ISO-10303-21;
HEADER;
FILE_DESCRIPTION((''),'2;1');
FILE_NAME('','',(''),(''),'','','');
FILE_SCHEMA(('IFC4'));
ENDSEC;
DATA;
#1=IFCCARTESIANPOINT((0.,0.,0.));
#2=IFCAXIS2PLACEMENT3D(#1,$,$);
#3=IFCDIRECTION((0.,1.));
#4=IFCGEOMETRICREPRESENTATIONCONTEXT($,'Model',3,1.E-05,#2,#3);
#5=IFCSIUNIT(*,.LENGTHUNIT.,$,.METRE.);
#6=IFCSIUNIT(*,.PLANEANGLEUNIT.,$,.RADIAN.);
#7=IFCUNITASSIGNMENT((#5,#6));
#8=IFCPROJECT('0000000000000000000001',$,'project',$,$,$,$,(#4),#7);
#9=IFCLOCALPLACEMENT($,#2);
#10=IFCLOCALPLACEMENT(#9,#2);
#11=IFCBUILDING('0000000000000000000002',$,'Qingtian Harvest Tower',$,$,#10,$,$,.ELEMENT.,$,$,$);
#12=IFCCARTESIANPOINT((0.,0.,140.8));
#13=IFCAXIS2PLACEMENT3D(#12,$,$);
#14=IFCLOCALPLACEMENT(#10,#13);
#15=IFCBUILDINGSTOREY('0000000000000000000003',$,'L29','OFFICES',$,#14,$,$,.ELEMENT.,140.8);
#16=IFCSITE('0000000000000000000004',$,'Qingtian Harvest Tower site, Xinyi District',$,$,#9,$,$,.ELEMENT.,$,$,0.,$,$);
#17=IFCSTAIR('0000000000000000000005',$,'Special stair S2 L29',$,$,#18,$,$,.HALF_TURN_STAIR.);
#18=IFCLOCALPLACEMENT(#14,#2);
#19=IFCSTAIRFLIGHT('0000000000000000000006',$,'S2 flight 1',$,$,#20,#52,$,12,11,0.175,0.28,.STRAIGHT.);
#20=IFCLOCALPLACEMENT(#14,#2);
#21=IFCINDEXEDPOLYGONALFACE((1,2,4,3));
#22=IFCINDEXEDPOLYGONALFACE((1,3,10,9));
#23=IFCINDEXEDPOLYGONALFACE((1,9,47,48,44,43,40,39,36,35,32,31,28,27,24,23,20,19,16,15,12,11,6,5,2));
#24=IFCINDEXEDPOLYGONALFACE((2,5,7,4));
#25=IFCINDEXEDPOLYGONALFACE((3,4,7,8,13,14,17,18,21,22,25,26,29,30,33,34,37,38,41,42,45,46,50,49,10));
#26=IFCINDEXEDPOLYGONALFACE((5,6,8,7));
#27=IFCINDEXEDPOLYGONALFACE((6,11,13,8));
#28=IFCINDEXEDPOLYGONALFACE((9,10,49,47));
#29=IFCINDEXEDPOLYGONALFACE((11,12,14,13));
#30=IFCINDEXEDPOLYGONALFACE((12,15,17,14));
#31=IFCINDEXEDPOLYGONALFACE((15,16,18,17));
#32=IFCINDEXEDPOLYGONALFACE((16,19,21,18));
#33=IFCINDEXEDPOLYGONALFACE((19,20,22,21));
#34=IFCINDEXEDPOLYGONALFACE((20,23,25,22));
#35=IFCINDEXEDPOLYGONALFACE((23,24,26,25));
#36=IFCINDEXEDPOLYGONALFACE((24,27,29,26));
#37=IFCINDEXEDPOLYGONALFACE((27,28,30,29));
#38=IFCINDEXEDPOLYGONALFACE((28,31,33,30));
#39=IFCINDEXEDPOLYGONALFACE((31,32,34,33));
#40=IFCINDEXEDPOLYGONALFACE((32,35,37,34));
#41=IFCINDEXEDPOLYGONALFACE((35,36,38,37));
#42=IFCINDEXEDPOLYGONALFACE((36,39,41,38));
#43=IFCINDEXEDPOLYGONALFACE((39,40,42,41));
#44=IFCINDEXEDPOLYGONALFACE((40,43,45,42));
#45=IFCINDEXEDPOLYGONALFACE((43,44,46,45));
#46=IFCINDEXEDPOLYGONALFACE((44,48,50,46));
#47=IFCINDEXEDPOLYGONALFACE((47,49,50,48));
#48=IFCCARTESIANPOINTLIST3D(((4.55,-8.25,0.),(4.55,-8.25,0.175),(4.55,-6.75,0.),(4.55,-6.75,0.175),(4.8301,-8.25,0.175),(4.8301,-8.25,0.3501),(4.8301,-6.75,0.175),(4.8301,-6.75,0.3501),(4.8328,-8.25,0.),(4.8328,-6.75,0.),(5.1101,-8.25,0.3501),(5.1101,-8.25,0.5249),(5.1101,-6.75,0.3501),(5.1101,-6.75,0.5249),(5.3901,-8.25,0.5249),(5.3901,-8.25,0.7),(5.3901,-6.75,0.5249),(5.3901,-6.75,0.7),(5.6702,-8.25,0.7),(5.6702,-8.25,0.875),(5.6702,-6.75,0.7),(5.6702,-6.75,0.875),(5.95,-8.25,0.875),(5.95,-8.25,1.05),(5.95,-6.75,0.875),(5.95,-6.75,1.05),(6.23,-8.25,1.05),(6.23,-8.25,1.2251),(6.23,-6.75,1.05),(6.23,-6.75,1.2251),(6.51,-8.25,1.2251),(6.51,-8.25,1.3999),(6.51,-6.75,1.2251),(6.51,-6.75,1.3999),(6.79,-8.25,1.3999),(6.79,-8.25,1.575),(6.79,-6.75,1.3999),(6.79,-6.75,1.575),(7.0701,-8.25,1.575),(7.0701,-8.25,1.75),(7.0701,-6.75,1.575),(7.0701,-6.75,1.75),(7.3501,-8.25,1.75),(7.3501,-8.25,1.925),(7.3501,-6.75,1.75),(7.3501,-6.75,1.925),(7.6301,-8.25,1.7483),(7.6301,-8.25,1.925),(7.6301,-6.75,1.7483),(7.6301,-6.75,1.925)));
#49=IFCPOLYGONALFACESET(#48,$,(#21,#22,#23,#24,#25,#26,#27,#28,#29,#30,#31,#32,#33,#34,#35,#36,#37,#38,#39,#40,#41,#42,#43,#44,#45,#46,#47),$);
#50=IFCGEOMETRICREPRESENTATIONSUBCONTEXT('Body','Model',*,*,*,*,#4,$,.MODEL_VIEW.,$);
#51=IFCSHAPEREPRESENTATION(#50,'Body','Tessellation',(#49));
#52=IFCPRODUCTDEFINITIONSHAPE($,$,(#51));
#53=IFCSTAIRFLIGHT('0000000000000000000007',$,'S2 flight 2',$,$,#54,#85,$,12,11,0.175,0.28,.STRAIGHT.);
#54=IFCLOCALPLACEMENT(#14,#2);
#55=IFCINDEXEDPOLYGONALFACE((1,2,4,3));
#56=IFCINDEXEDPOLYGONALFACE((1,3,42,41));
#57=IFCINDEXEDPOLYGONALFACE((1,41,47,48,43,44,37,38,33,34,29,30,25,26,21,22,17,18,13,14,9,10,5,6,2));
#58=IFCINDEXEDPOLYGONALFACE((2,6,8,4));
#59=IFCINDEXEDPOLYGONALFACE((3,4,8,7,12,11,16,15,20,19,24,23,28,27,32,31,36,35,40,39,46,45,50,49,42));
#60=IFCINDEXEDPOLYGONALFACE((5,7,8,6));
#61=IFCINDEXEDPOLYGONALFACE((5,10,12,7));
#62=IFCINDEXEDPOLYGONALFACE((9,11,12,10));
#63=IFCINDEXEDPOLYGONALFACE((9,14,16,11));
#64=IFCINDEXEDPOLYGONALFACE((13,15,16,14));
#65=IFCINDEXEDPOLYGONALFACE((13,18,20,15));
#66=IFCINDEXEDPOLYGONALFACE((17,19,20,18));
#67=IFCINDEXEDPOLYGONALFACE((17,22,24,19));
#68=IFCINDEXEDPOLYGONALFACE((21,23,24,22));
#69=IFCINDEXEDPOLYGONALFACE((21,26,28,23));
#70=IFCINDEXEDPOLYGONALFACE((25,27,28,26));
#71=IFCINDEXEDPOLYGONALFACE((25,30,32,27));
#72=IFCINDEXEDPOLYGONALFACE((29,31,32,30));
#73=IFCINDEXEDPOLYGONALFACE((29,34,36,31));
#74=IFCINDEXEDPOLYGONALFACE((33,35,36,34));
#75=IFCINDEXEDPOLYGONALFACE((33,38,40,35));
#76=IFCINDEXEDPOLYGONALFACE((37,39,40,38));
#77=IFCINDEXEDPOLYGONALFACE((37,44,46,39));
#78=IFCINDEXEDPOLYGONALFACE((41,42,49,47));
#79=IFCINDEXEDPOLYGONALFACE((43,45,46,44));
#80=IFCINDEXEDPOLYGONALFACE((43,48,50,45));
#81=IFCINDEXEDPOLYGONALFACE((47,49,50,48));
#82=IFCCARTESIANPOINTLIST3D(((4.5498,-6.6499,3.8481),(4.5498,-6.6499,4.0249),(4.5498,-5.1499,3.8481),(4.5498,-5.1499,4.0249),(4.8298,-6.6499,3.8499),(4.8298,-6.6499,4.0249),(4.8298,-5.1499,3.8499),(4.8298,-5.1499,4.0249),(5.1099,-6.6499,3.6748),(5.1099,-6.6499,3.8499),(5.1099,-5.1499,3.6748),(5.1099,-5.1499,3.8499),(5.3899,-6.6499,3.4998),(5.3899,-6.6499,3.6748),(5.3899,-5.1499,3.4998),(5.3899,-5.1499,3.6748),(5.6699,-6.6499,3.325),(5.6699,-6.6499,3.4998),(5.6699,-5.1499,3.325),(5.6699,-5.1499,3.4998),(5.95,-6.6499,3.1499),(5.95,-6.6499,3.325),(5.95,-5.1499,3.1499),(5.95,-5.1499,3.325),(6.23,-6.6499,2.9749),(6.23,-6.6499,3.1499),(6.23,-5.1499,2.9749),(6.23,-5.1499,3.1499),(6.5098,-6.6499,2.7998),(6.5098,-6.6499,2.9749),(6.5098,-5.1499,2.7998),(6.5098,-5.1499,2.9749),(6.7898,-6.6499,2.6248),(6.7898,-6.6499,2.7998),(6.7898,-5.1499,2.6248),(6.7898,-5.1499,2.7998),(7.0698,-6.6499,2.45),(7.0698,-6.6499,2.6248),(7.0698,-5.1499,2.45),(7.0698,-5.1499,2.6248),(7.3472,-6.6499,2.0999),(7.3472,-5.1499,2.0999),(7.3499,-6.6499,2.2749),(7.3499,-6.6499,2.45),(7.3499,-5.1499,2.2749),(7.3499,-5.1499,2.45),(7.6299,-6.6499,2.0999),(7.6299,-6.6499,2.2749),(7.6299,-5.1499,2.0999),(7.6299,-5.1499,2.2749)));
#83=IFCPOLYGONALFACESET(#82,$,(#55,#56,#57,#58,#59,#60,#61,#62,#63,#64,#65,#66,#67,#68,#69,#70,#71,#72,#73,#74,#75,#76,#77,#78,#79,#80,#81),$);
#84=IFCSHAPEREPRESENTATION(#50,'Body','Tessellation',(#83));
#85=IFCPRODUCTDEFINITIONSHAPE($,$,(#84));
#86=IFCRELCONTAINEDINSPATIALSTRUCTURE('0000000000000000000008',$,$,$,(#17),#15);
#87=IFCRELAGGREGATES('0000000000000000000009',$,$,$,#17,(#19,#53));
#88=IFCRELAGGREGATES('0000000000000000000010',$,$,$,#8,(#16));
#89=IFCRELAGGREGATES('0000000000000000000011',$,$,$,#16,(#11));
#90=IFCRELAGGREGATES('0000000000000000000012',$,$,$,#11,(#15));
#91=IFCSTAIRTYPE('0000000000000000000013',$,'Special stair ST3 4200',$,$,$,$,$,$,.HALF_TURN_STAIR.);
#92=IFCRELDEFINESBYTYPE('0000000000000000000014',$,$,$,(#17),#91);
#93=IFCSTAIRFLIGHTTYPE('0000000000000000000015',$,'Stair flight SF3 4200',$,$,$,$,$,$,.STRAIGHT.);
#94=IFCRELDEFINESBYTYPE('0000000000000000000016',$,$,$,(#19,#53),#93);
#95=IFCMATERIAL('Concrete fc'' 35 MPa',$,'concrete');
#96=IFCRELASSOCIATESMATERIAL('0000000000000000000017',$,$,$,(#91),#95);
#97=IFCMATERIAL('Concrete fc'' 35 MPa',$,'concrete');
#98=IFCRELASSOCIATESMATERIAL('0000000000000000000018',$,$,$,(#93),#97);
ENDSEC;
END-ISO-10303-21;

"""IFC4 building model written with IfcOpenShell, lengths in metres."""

from ifc_helpers import new_model, si_unit, direction, frame, origin, place, context, subcontext, project, spatial, polyline, outline, extrude, material, type_object, element, aggregate, save


model = new_model("IFC4")

# Units and contexts
model_context = context("Model", 3, precision=1e-05, world=origin(), true_north=direction((0.0, 1.0)))
body_context = subcontext(model_context, "Body", "Model", "MODEL_VIEW")
ifc_project = project(units=[si_unit("LENGTHUNIT", "METRE"), si_unit("PLANEANGLEUNIT", "RADIAN")], contexts=[model_context])

# Site, building, storey
site_placement = place(None, origin())
site = spatial("IfcSite", under=ifc_project, at=site_placement, Name="Qingtian Harvest Tower site, Xinyi District", CompositionType="ELEMENT", RefElevation=0.0)
building_placement = place(site_placement, origin())
building = spatial("IfcBuilding", under=site, at=building_placement, Name="Qingtian Harvest Tower", CompositionType="ELEMENT")
storey_placement = place(building_placement, frame((0.0, 0.0, 140.8)))
storey = spatial("IfcBuildingStorey", under=building, at=storey_placement, Name="L29", Description="OFFICES", CompositionType="ELEMENT", Elevation=140.8)

# Stair, stair flights
ifc_material_1 = material(Name="Concrete fc' 35 MPa", Category="concrete")
stair_type = type_object("IfcStairType", Name="Special stair ST3 4200", PredefinedType="HALF_TURN_STAIR", material=ifc_material_1)
stair_placement = place(storey_placement, origin())
stair = element("IfcStair", 1, at=stair_placement, inside=storey, type_object=stair_type, Name="Special stair S2 L29", PredefinedType="HALF_TURN_STAIR")
ifc_material_2 = material(Name="Concrete fc' 35 MPa", Category="concrete")
stair_flight_type = type_object("IfcStairFlightType", Name="Stair flight SF3 4200", PredefinedType="STRAIGHT", material=ifc_material_2)
stair_flight_1_placement = place(storey_placement, frame((4.55, -7.5, 0.0), z_axis=(0.0, 0.0, 1.0), x_axis=(1.0, 0.0, 0.0)))
stair_flight_1 = element("IfcStairFlight", 2, at=stair_flight_1_placement, type_object=stair_flight_type, Name="S2 flight 1", NumberOfRisers=12, NumberOfTreads=11, PredefinedType="STRAIGHT", RiserHeight=0.175, TreadLength=0.28, context=body_context, shape_type="SweptSolid", body=[
    extrude(outline(polyline([(0.0, 0.0), (0.0, 0.175), (0.28, 0.175), (0.28, 0.3501), (0.5601, 0.3501), (0.5601, 0.5249), (0.8401, 0.5249), (0.8401, 0.7), (1.1201, 0.7), (1.1201, 0.875), (1.3999, 0.875), (1.3999, 1.05), (1.6799, 1.05), (1.6799, 1.2251), (1.96, 1.2251), (1.96, 1.3999), (2.24, 1.3999), (2.24, 1.575), (2.52, 1.575), (2.52, 1.75), (2.8, 1.75), (2.8, 1.925), (3.0801, 1.925), (3.0801, 2.1001), (3.0801, 1.7483), (0.2827, 0.0), (0.0, 0.0)])), frame((0.0, 0.75, 0.0), z_axis=(0.0, -1.0, 0.0), x_axis=(1.0, 0.0, 0.0)), (0.0, 0.0, 1.0), 1.5),
])
stair_flight_2_placement = place(storey_placement, frame((7.6299, -5.8999, 2.0999), z_axis=(0.0, 0.0, 1.0), x_axis=(-1.0, 0.0, 0.0)))
stair_flight_2 = element("IfcStairFlight", 3, at=stair_flight_2_placement, type_object=stair_flight_type, Name="S2 flight 2", NumberOfRisers=12, NumberOfTreads=11, PredefinedType="STRAIGHT", RiserHeight=0.175, TreadLength=0.28, context=body_context, shape_type="SweptSolid", body=[
    extrude(outline(polyline([(0.0, 0.0), (0.0, 0.175), (0.28, 0.175), (0.28, 0.3501), (0.5601, 0.3501), (0.5601, 0.5249), (0.8401, 0.5249), (0.8401, 0.7), (1.1201, 0.7), (1.1201, 0.875), (1.3999, 0.875), (1.3999, 1.05), (1.6799, 1.05), (1.6799, 1.2251), (1.96, 1.2251), (1.96, 1.3999), (2.24, 1.3999), (2.24, 1.575), (2.52, 1.575), (2.52, 1.75), (2.8, 1.75), (2.8, 1.925), (3.0801, 1.925), (3.0801, 2.1001), (3.0801, 1.7483), (0.2827, 0.0), (0.0, 0.0)])), frame((0.0, 0.75, 0.0), z_axis=(0.0, -1.0, 0.0), x_axis=(1.0, 0.0, 0.0)), (0.0, 0.0, 1.0), 1.5),
])
aggregate(stair, [stair_flight_1, stair_flight_2])

save(model, "model.ifc")
